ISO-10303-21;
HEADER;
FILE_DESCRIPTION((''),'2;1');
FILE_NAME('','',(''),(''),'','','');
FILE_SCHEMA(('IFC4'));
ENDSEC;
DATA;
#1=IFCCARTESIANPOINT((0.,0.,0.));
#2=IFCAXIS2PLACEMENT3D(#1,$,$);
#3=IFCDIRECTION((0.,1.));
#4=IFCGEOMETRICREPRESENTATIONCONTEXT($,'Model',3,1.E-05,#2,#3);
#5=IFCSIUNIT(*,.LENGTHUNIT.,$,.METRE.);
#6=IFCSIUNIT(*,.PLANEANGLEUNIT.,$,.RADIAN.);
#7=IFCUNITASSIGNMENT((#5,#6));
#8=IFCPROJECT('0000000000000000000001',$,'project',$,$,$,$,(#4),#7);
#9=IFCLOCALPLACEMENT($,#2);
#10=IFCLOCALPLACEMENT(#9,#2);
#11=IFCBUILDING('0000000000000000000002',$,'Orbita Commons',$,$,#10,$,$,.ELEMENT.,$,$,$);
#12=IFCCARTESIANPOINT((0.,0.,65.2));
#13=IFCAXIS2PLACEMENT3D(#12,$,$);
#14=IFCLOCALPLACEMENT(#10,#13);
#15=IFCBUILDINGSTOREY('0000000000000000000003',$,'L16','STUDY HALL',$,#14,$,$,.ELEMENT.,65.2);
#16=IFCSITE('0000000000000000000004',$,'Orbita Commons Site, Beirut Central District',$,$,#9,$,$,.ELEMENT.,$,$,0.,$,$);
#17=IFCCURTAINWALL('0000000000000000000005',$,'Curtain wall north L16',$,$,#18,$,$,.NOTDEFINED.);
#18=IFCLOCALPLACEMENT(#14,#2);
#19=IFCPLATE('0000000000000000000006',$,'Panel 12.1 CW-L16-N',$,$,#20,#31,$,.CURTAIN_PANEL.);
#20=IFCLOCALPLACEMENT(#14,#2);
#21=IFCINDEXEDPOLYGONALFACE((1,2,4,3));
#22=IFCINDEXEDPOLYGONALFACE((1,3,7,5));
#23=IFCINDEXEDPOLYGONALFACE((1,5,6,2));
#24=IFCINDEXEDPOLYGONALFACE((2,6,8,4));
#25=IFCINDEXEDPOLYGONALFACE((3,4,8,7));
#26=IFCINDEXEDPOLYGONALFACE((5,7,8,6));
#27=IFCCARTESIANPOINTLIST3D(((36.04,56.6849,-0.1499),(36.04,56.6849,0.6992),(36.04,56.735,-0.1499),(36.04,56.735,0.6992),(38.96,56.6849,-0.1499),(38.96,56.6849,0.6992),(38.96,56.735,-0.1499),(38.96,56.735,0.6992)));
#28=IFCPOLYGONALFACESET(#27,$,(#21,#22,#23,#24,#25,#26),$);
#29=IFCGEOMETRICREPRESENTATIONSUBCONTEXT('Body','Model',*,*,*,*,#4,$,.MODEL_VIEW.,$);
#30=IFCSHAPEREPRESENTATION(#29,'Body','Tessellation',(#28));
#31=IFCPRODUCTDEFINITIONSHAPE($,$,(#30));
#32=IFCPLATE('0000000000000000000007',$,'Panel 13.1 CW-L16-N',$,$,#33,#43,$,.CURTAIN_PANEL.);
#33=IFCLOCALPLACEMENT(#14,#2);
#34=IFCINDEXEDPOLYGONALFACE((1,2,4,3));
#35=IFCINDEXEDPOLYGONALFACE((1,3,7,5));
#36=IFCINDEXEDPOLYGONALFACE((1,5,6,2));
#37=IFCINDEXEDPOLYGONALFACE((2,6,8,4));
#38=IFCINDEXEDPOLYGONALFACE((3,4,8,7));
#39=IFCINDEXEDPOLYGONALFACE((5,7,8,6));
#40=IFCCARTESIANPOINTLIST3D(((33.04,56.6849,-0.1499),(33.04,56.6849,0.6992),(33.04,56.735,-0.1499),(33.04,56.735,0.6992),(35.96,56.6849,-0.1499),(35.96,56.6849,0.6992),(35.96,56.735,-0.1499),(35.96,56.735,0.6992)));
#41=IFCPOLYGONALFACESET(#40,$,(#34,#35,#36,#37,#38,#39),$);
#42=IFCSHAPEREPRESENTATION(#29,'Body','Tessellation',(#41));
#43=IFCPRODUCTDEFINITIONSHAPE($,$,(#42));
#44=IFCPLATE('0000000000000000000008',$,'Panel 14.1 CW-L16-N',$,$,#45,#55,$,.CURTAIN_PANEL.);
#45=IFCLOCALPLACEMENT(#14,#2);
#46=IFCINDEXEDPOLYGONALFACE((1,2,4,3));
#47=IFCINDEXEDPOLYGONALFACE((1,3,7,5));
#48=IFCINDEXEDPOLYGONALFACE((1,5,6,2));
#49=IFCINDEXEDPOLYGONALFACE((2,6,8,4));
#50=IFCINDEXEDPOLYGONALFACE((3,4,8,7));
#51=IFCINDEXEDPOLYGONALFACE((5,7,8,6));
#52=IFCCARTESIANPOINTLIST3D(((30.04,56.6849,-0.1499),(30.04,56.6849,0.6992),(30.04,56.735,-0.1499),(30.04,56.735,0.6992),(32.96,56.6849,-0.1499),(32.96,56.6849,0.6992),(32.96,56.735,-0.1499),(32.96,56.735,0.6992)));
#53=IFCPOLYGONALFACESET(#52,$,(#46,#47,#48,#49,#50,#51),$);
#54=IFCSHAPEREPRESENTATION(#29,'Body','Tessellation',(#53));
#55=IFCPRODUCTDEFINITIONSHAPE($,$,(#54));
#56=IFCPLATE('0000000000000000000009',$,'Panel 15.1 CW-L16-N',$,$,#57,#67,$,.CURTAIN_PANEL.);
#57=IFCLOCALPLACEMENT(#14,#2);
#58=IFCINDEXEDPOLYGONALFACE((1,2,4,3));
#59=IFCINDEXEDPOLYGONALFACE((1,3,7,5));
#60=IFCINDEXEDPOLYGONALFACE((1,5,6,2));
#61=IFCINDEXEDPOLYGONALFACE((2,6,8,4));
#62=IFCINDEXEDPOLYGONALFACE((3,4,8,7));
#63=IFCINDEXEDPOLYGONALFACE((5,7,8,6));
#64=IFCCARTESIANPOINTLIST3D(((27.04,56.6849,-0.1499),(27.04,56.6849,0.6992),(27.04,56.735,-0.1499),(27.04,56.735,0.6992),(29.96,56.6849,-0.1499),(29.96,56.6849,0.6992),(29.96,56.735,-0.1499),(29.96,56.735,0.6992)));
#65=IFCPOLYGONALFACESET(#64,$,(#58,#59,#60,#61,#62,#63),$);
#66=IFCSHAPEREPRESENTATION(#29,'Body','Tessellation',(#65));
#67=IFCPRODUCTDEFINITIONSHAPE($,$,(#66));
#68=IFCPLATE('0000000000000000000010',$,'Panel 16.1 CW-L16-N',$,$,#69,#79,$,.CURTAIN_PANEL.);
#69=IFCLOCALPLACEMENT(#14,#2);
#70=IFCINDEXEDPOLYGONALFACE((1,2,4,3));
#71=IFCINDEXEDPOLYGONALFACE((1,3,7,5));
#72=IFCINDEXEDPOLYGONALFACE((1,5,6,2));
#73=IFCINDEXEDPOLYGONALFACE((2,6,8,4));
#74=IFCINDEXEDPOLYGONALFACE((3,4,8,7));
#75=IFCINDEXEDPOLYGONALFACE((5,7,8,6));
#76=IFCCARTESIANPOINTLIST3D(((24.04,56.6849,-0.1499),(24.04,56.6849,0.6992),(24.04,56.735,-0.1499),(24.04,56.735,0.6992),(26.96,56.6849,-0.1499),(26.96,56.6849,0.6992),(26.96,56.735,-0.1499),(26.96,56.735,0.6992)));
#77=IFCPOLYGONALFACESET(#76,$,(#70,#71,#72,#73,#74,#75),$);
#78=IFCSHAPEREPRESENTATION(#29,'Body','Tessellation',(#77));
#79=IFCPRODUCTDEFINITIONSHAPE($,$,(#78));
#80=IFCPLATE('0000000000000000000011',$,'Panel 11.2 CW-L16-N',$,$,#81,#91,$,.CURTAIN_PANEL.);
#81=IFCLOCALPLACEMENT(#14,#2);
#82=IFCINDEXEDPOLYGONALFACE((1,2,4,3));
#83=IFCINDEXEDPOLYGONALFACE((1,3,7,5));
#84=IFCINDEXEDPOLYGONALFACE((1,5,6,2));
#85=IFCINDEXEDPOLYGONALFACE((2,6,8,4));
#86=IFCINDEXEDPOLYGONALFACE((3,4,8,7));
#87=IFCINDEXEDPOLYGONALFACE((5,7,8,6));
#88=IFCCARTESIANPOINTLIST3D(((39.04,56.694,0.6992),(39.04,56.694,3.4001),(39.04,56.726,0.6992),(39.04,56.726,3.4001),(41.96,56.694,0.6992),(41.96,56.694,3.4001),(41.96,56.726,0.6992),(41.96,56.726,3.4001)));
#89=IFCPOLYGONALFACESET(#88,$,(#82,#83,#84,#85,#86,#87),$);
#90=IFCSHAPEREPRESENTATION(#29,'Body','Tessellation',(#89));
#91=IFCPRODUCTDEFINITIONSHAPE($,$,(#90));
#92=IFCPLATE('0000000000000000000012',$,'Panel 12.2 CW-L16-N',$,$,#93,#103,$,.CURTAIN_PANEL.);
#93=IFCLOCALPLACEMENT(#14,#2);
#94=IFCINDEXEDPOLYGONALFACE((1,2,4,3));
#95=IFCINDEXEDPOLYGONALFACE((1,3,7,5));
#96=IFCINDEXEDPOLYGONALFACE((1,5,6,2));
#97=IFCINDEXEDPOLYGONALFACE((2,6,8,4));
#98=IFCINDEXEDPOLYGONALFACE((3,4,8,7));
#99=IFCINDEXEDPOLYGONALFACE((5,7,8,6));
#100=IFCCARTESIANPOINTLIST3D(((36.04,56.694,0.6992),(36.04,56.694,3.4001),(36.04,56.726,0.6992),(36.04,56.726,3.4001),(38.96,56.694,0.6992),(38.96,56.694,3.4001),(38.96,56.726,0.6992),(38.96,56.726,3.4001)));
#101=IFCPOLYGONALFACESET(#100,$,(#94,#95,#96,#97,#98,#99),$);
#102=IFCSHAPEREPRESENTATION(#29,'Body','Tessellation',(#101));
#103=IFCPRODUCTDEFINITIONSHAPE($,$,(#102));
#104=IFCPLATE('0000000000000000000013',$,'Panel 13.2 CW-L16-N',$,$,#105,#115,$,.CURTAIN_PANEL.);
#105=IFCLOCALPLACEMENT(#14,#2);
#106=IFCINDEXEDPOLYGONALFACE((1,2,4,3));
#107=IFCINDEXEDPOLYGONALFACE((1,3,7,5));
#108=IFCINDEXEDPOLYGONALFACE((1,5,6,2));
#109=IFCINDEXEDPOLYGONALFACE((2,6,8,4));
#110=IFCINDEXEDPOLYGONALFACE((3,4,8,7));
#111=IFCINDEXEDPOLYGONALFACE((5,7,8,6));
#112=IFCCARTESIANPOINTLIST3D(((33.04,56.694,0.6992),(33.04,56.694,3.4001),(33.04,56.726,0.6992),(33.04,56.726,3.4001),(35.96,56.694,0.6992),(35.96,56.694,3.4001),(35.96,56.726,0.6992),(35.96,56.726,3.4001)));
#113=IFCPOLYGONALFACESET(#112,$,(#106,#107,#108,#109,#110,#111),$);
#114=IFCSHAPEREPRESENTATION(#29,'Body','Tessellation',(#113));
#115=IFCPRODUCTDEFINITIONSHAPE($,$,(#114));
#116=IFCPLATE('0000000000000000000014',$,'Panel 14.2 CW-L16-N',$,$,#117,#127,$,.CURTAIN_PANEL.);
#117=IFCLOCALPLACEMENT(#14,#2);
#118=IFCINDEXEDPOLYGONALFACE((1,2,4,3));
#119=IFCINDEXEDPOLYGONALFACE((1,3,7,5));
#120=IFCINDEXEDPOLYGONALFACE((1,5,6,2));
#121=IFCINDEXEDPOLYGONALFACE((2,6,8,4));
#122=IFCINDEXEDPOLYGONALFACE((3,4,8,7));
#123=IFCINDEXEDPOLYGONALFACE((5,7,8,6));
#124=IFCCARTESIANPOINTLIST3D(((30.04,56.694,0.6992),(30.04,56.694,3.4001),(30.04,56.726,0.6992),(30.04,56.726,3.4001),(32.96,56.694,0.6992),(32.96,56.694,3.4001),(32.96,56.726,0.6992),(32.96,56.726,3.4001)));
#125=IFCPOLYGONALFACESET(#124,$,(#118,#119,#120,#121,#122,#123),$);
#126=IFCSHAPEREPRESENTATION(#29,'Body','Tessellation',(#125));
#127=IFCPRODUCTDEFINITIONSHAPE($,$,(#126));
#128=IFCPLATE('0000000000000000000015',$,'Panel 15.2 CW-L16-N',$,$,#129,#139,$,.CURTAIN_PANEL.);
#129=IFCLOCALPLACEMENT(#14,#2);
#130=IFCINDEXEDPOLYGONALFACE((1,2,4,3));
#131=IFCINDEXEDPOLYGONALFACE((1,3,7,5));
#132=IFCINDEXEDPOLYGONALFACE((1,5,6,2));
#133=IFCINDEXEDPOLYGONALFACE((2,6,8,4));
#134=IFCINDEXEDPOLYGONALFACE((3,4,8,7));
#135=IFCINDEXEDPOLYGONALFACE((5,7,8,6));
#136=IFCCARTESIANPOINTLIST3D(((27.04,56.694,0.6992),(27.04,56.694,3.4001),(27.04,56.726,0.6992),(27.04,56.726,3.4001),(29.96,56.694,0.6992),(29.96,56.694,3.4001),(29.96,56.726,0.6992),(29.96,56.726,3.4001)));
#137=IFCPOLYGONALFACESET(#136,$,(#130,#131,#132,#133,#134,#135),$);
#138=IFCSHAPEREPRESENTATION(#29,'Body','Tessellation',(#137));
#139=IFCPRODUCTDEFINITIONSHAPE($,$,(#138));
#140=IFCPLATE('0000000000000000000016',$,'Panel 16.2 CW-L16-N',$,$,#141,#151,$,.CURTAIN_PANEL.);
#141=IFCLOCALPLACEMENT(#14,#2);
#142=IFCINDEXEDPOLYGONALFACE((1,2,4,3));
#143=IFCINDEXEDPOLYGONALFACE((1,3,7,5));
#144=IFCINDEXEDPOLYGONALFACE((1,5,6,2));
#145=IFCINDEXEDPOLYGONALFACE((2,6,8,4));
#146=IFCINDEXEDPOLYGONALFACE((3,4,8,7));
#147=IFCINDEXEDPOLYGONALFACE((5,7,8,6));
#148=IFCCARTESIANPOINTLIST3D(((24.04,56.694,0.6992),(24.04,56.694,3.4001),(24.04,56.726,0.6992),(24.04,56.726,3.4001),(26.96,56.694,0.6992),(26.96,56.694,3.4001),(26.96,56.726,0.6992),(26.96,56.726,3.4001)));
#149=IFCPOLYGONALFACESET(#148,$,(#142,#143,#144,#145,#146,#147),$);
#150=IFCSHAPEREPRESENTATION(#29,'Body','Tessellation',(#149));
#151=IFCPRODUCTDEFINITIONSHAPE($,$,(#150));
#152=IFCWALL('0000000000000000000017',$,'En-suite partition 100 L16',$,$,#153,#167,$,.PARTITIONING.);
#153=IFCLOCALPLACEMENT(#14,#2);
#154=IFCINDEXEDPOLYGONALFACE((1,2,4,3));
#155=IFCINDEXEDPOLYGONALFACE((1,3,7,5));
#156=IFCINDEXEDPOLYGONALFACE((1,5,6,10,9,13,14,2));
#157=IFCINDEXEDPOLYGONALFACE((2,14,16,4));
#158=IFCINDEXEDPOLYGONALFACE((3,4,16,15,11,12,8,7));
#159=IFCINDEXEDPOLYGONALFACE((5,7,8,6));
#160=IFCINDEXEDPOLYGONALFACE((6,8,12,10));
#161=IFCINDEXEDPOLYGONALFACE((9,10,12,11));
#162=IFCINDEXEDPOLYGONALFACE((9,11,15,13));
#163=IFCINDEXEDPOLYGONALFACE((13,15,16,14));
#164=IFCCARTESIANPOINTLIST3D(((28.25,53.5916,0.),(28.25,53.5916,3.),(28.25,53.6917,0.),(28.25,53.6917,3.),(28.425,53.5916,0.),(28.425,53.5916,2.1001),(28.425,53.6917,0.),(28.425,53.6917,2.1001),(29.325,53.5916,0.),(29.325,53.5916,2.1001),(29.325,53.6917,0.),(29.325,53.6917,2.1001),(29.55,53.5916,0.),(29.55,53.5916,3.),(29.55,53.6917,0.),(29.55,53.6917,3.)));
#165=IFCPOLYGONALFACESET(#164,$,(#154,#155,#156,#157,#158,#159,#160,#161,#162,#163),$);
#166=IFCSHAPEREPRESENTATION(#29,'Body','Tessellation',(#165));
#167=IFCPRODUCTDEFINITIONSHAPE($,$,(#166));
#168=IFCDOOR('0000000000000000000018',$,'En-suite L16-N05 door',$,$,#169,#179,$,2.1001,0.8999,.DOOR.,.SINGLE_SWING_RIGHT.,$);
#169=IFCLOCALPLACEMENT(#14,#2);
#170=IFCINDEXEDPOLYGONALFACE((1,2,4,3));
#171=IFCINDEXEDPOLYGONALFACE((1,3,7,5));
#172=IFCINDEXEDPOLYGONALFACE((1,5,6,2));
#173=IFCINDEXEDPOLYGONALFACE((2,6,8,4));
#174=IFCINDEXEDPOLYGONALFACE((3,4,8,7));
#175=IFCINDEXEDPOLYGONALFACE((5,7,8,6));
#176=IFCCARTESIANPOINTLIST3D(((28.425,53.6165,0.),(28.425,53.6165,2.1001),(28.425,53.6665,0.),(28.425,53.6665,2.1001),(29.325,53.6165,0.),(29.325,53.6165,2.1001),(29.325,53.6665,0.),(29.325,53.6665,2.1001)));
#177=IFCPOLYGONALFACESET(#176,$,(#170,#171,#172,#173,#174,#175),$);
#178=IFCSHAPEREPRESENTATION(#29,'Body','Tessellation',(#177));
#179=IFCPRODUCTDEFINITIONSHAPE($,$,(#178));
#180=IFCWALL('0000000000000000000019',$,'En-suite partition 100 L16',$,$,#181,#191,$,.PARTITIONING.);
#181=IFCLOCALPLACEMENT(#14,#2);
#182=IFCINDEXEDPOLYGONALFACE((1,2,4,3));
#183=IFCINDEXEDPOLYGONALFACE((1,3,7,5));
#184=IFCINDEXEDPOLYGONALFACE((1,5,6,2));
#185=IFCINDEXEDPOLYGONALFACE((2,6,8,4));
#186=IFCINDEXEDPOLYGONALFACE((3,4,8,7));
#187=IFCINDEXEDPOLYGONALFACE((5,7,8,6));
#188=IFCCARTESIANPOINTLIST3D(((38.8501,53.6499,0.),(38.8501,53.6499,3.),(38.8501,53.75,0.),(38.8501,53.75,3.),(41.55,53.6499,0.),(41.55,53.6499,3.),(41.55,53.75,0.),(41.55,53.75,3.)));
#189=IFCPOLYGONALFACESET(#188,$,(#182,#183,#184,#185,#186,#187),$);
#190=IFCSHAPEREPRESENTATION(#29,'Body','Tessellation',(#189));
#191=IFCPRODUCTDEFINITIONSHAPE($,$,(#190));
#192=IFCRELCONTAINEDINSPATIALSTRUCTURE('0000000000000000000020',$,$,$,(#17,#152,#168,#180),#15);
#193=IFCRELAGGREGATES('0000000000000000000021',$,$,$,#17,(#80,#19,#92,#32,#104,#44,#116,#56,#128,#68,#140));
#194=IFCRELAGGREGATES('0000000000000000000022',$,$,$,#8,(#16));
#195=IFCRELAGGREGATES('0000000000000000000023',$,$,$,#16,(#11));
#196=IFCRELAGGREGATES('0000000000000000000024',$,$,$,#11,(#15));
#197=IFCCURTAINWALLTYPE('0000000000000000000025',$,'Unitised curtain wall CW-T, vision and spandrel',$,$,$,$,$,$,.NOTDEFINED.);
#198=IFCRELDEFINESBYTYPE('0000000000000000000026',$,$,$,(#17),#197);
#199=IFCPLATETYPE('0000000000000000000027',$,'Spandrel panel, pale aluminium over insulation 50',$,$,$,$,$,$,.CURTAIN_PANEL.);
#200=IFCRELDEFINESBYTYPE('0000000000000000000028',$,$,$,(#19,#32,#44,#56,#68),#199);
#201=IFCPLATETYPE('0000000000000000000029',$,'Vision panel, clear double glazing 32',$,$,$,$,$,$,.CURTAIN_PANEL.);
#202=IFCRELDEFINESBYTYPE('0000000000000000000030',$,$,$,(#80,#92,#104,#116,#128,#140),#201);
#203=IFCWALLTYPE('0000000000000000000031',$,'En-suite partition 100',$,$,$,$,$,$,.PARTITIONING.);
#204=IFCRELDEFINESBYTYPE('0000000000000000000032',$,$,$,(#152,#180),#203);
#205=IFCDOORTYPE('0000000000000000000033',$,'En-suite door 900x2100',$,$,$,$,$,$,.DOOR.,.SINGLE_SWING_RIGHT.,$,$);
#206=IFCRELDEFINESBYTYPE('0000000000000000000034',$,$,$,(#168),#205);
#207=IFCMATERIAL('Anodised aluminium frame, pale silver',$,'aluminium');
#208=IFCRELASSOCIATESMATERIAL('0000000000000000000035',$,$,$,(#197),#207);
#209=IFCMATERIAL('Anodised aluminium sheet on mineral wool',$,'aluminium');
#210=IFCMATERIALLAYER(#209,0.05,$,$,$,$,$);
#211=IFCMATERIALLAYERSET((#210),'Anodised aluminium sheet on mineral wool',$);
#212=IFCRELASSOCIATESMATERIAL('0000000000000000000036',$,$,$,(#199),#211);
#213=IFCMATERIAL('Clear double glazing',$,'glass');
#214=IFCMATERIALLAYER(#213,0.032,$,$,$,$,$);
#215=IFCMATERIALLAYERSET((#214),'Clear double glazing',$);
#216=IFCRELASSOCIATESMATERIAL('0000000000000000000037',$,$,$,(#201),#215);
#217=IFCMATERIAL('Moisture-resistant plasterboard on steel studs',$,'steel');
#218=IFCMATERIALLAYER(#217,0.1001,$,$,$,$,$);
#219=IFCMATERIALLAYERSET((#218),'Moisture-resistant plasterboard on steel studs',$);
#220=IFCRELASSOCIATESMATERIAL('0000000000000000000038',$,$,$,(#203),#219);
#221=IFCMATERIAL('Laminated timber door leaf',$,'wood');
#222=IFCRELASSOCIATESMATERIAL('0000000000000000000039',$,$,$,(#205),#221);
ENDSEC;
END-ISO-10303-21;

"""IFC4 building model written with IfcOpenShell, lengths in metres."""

from ifc_helpers import new_model, si_unit, direction, frame, frame_2d, origin, origin_2d, place, context, subcontext, project, spatial, polyline, rectangle, outline, extrude, material, layer, layer_set, type_object, element, fill, aggregate, save


model = new_model("IFC4")

# Units and contexts
model_context = context("Model", 3, precision=1e-05, world=origin(), true_north=direction((0.0, 1.0)))
body_context = subcontext(model_context, "Body", "Model", "MODEL_VIEW")
ifc_project = project(units=[si_unit("LENGTHUNIT", "METRE"), si_unit("PLANEANGLEUNIT", "RADIAN")], contexts=[model_context])

# Site, building, storey
site_placement = place(None, origin())
site = spatial("IfcSite", under=ifc_project, at=site_placement, Name="Orbita Commons Site, Beirut Central District", CompositionType="ELEMENT", RefElevation=0.0)
building_placement = place(site_placement, origin())
building = spatial("IfcBuilding", under=site, at=building_placement, Name="Orbita Commons", CompositionType="ELEMENT")
storey_placement = place(building_placement, frame((0.0, 0.0, 65.2)))
storey = spatial("IfcBuildingStorey", under=building, at=storey_placement, Name="L16", Description="STUDY HALL", CompositionType="ELEMENT", Elevation=65.2)

# Curtain wall, plates
ifc_material_1 = material(Name="Anodised aluminium frame, pale silver", Category="aluminium")
curtain_wall_type = type_object("IfcCurtainWallType", Name="Unitised curtain wall CW-T, vision and spandrel", PredefinedType="NOTDEFINED", material=ifc_material_1)
curtain_wall_placement = place(storey_placement, origin())
curtain_wall = element("IfcCurtainWall", 1, at=curtain_wall_placement, inside=storey, type_object=curtain_wall_type, Name="Curtain wall north L16", PredefinedType="NOTDEFINED")
ifc_material_2 = material(Name="Anodised aluminium sheet on mineral wool", Category="aluminium")
ifc_layer_1 = layer(ifc_material_2, 0.05)
ifc_layer_set_1 = layer_set([ifc_layer_1], Name="Anodised aluminium sheet on mineral wool")
plate_type_1 = type_object("IfcPlateType", Name="Spandrel panel, pale aluminium over insulation 50", PredefinedType="CURTAIN_PANEL", material=ifc_layer_set_1)
plate_1_placement = place(storey_placement, frame((37.5, 56.71, -0.1499), z_axis=(0.0, 0.0, 1.0), x_axis=(-1.0, 0.0, 0.0)))
plate_1 = element("IfcPlate", 2, at=plate_1_placement, type_object=plate_type_1, Name="Panel 12.1 CW-L16-N", PredefinedType="CURTAIN_PANEL", context=body_context, shape_type="SweptSolid", body=[
    extrude(rectangle(XDim=2.9199, YDim=0.05, at=origin_2d()), origin(), (0.0, 0.0, 1.0), 0.8491),
])
plate_2_placement = place(storey_placement, frame((34.5, 56.71, -0.1499), z_axis=(0.0, 0.0, 1.0), x_axis=(-1.0, 0.0, 0.0)))
plate_2 = element("IfcPlate", 3, at=plate_2_placement, type_object=plate_type_1, Name="Panel 13.1 CW-L16-N", PredefinedType="CURTAIN_PANEL", context=body_context, shape_type="SweptSolid", body=[
    extrude(rectangle(XDim=2.9199, YDim=0.05, at=origin_2d()), origin(), (0.0, 0.0, 1.0), 0.8491),
])
plate_3_placement = place(storey_placement, frame((31.5, 56.71, -0.1499), z_axis=(0.0, 0.0, 1.0), x_axis=(-1.0, 0.0, 0.0)))
plate_3 = element("IfcPlate", 4, at=plate_3_placement, type_object=plate_type_1, Name="Panel 14.1 CW-L16-N", PredefinedType="CURTAIN_PANEL", context=body_context, shape_type="SweptSolid", body=[
    extrude(rectangle(XDim=2.9199, YDim=0.05, at=origin_2d()), origin(), (0.0, 0.0, 1.0), 0.8491),
])
plate_4_placement = place(storey_placement, frame((28.5, 56.71, -0.1499), z_axis=(0.0, 0.0, 1.0), x_axis=(-1.0, 0.0, 0.0)))
plate_4 = element("IfcPlate", 5, at=plate_4_placement, type_object=plate_type_1, Name="Panel 15.1 CW-L16-N", PredefinedType="CURTAIN_PANEL", context=body_context, shape_type="SweptSolid", body=[
    extrude(rectangle(XDim=2.9199, YDim=0.05, at=origin_2d()), origin(), (0.0, 0.0, 1.0), 0.8491),
])
plate_5_placement = place(storey_placement, frame((25.5, 56.71, -0.1499), z_axis=(0.0, 0.0, 1.0), x_axis=(-1.0, 0.0, 0.0)))
plate_5 = element("IfcPlate", 6, at=plate_5_placement, type_object=plate_type_1, Name="Panel 16.1 CW-L16-N", PredefinedType="CURTAIN_PANEL", context=body_context, shape_type="SweptSolid", body=[
    extrude(rectangle(XDim=2.9199, YDim=0.05, at=origin_2d()), origin(), (0.0, 0.0, 1.0), 0.8491),
])
ifc_material_3 = material(Name="Clear double glazing", Category="glass")
ifc_layer_2 = layer(ifc_material_3, 0.032)
ifc_layer_set_2 = layer_set([ifc_layer_2], Name="Clear double glazing")
plate_type_2 = type_object("IfcPlateType", Name="Vision panel, clear double glazing 32", PredefinedType="CURTAIN_PANEL", material=ifc_layer_set_2)
plate_6_placement = place(storey_placement, frame((40.5, 56.71, 0.6992), z_axis=(0.0, 0.0, 1.0), x_axis=(-1.0, 0.0, 0.0)))
plate_6 = element("IfcPlate", 7, at=plate_6_placement, type_object=plate_type_2, Name="Panel 11.2 CW-L16-N", PredefinedType="CURTAIN_PANEL", context=body_context, shape_type="SweptSolid", body=[
    extrude(rectangle(XDim=2.9199, YDim=0.032, at=origin_2d()), origin(), (0.0, 0.0, 1.0), 2.7009),
])
plate_7_placement = place(storey_placement, frame((37.5, 56.71, 0.6992), z_axis=(0.0, 0.0, 1.0), x_axis=(-1.0, 0.0, 0.0)))
plate_7 = element("IfcPlate", 8, at=plate_7_placement, type_object=plate_type_2, Name="Panel 12.2 CW-L16-N", PredefinedType="CURTAIN_PANEL", context=body_context, shape_type="SweptSolid", body=[
    extrude(rectangle(XDim=2.9199, YDim=0.032, at=origin_2d()), origin(), (0.0, 0.0, 1.0), 2.7009),
])
plate_8_placement = place(storey_placement, frame((34.5, 56.71, 0.6992), z_axis=(0.0, 0.0, 1.0), x_axis=(-1.0, 0.0, 0.0)))
plate_8 = element("IfcPlate", 9, at=plate_8_placement, type_object=plate_type_2, Name="Panel 13.2 CW-L16-N", PredefinedType="CURTAIN_PANEL", context=body_context, shape_type="SweptSolid", body=[
    extrude(rectangle(XDim=2.9199, YDim=0.032, at=origin_2d()), origin(), (0.0, 0.0, 1.0), 2.7009),
])
plate_9_placement = place(storey_placement, frame((31.5, 56.71, 0.6992), z_axis=(0.0, 0.0, 1.0), x_axis=(-1.0, 0.0, 0.0)))
plate_9 = element("IfcPlate", 10, at=plate_9_placement, type_object=plate_type_2, Name="Panel 14.2 CW-L16-N", PredefinedType="CURTAIN_PANEL", context=body_context, shape_type="SweptSolid", body=[
    extrude(rectangle(XDim=2.9199, YDim=0.032, at=origin_2d()), origin(), (0.0, 0.0, 1.0), 2.7009),
])
plate_10_placement = place(storey_placement, frame((28.5, 56.71, 0.6992), z_axis=(0.0, 0.0, 1.0), x_axis=(-1.0, 0.0, 0.0)))
plate_10 = element("IfcPlate", 11, at=plate_10_placement, type_object=plate_type_2, Name="Panel 15.2 CW-L16-N", PredefinedType="CURTAIN_PANEL", context=body_context, shape_type="SweptSolid", body=[
    extrude(rectangle(XDim=2.9199, YDim=0.032, at=origin_2d()), origin(), (0.0, 0.0, 1.0), 2.7009),
])
plate_11_placement = place(storey_placement, frame((25.5, 56.71, 0.6992), z_axis=(0.0, 0.0, 1.0), x_axis=(-1.0, 0.0, 0.0)))
plate_11 = element("IfcPlate", 12, at=plate_11_placement, type_object=plate_type_2, Name="Panel 16.2 CW-L16-N", PredefinedType="CURTAIN_PANEL", context=body_context, shape_type="SweptSolid", body=[
    extrude(rectangle(XDim=2.9199, YDim=0.032, at=origin_2d()), origin(), (0.0, 0.0, 1.0), 2.7009),
])
aggregate(curtain_wall, [plate_6, plate_1, plate_7, plate_2, plate_8, plate_3, plate_9, plate_4, plate_10, plate_5, plate_11])

# Wall, opening, door
ifc_material_4 = material(Name="Moisture-resistant plasterboard on steel studs", Category="steel")
ifc_layer_3 = layer(ifc_material_4, 0.1001)
ifc_layer_set_3 = layer_set([ifc_layer_3], Name="Moisture-resistant plasterboard on steel studs")
wall_type_1 = type_object("IfcWallType", Name="En-suite partition 100", PredefinedType="PARTITIONING", material=ifc_layer_set_3)
wall_1_placement = place(storey_placement, frame((28.25, 53.6416, 0.0), z_axis=(0.0, 0.0, 1.0), x_axis=(1.0, 0.0, 0.0)))
wall_1 = element("IfcWall", 13, at=wall_1_placement, inside=storey, type_object=wall_type_1, Name="En-suite partition 100 L16", PredefinedType="PARTITIONING", context=body_context, shape_type="SweptSolid", body=[
    extrude(outline(polyline([(0.0, 0.0), (1.3, 0.0), (1.3, 3.0), (0.0, 3.0), (0.0, 0.0)])), frame((0.0, 0.05, 0.0), z_axis=(0.0, -1.0, 0.0), x_axis=(1.0, 0.0, 0.0)), (0.0, 0.0, 1.0), 0.1001),
])
opening_1_placement = place(wall_1_placement, frame((0.175, 0.0, 0.0)))
opening_1 = element("IfcOpeningElement", 14, at=opening_1_placement, cuts=wall_1, PredefinedType="OPENING", context=body_context, shape_type="SweptSolid", body=[
    extrude(rectangle(XDim=0.8999, YDim=2.1001, at=frame_2d((0.45, 1.05))), frame((0.0, 0.0601, 0.0), z_axis=(0.0, -1.0, 0.0), x_axis=(1.0, 0.0, 0.0)), (0.0, 0.0, 1.0), 0.1201),
])
ifc_material_5 = material(Name="Laminated timber door leaf", Category="wood")
door_type_1 = type_object("IfcDoorType", Name="En-suite door 900x2100", OperationType="SINGLE_SWING_RIGHT", PredefinedType="DOOR", material=ifc_material_5)
door_1_placement = place(opening_1_placement, origin())
door_1 = element("IfcDoor", 15, at=door_1_placement, inside=storey, type_object=door_type_1, Name="En-suite L16-N05 door", OperationType="SINGLE_SWING_RIGHT", OverallHeight=2.1001, OverallWidth=0.8999, PredefinedType="DOOR", context=body_context, shape_type="SweptSolid", body=[
    extrude(rectangle(XDim=0.8999, YDim=2.1001, at=frame_2d((0.45, 1.05))), frame((0.0, 0.0249, 0.0), z_axis=(0.0, -1.0, 0.0), x_axis=(1.0, 0.0, 0.0)), (0.0, 0.0, 1.0), 0.05),
])
fill(opening_1, door_1)

# Wall
wall_2_placement = place(storey_placement, frame((38.8501, 53.7, 0.0), z_axis=(0.0, 0.0, 1.0), x_axis=(1.0, 0.0, 0.0)))
element("IfcWall", 16, at=wall_2_placement, inside=storey, type_object=wall_type_1, Name="En-suite partition 100 L16", PredefinedType="PARTITIONING", context=body_context, shape_type="SweptSolid", body=[
    extrude(outline(polyline([(0.0, 0.0), (2.7, 0.0), (2.7, 3.0), (0.0, 3.0), (0.0, 0.0)])), frame((0.0, 0.05, 0.0), z_axis=(0.0, -1.0, 0.0), x_axis=(1.0, 0.0, 0.0)), (0.0, 0.0, 1.0), 0.1001),
])

save(model, "model.ifc")
